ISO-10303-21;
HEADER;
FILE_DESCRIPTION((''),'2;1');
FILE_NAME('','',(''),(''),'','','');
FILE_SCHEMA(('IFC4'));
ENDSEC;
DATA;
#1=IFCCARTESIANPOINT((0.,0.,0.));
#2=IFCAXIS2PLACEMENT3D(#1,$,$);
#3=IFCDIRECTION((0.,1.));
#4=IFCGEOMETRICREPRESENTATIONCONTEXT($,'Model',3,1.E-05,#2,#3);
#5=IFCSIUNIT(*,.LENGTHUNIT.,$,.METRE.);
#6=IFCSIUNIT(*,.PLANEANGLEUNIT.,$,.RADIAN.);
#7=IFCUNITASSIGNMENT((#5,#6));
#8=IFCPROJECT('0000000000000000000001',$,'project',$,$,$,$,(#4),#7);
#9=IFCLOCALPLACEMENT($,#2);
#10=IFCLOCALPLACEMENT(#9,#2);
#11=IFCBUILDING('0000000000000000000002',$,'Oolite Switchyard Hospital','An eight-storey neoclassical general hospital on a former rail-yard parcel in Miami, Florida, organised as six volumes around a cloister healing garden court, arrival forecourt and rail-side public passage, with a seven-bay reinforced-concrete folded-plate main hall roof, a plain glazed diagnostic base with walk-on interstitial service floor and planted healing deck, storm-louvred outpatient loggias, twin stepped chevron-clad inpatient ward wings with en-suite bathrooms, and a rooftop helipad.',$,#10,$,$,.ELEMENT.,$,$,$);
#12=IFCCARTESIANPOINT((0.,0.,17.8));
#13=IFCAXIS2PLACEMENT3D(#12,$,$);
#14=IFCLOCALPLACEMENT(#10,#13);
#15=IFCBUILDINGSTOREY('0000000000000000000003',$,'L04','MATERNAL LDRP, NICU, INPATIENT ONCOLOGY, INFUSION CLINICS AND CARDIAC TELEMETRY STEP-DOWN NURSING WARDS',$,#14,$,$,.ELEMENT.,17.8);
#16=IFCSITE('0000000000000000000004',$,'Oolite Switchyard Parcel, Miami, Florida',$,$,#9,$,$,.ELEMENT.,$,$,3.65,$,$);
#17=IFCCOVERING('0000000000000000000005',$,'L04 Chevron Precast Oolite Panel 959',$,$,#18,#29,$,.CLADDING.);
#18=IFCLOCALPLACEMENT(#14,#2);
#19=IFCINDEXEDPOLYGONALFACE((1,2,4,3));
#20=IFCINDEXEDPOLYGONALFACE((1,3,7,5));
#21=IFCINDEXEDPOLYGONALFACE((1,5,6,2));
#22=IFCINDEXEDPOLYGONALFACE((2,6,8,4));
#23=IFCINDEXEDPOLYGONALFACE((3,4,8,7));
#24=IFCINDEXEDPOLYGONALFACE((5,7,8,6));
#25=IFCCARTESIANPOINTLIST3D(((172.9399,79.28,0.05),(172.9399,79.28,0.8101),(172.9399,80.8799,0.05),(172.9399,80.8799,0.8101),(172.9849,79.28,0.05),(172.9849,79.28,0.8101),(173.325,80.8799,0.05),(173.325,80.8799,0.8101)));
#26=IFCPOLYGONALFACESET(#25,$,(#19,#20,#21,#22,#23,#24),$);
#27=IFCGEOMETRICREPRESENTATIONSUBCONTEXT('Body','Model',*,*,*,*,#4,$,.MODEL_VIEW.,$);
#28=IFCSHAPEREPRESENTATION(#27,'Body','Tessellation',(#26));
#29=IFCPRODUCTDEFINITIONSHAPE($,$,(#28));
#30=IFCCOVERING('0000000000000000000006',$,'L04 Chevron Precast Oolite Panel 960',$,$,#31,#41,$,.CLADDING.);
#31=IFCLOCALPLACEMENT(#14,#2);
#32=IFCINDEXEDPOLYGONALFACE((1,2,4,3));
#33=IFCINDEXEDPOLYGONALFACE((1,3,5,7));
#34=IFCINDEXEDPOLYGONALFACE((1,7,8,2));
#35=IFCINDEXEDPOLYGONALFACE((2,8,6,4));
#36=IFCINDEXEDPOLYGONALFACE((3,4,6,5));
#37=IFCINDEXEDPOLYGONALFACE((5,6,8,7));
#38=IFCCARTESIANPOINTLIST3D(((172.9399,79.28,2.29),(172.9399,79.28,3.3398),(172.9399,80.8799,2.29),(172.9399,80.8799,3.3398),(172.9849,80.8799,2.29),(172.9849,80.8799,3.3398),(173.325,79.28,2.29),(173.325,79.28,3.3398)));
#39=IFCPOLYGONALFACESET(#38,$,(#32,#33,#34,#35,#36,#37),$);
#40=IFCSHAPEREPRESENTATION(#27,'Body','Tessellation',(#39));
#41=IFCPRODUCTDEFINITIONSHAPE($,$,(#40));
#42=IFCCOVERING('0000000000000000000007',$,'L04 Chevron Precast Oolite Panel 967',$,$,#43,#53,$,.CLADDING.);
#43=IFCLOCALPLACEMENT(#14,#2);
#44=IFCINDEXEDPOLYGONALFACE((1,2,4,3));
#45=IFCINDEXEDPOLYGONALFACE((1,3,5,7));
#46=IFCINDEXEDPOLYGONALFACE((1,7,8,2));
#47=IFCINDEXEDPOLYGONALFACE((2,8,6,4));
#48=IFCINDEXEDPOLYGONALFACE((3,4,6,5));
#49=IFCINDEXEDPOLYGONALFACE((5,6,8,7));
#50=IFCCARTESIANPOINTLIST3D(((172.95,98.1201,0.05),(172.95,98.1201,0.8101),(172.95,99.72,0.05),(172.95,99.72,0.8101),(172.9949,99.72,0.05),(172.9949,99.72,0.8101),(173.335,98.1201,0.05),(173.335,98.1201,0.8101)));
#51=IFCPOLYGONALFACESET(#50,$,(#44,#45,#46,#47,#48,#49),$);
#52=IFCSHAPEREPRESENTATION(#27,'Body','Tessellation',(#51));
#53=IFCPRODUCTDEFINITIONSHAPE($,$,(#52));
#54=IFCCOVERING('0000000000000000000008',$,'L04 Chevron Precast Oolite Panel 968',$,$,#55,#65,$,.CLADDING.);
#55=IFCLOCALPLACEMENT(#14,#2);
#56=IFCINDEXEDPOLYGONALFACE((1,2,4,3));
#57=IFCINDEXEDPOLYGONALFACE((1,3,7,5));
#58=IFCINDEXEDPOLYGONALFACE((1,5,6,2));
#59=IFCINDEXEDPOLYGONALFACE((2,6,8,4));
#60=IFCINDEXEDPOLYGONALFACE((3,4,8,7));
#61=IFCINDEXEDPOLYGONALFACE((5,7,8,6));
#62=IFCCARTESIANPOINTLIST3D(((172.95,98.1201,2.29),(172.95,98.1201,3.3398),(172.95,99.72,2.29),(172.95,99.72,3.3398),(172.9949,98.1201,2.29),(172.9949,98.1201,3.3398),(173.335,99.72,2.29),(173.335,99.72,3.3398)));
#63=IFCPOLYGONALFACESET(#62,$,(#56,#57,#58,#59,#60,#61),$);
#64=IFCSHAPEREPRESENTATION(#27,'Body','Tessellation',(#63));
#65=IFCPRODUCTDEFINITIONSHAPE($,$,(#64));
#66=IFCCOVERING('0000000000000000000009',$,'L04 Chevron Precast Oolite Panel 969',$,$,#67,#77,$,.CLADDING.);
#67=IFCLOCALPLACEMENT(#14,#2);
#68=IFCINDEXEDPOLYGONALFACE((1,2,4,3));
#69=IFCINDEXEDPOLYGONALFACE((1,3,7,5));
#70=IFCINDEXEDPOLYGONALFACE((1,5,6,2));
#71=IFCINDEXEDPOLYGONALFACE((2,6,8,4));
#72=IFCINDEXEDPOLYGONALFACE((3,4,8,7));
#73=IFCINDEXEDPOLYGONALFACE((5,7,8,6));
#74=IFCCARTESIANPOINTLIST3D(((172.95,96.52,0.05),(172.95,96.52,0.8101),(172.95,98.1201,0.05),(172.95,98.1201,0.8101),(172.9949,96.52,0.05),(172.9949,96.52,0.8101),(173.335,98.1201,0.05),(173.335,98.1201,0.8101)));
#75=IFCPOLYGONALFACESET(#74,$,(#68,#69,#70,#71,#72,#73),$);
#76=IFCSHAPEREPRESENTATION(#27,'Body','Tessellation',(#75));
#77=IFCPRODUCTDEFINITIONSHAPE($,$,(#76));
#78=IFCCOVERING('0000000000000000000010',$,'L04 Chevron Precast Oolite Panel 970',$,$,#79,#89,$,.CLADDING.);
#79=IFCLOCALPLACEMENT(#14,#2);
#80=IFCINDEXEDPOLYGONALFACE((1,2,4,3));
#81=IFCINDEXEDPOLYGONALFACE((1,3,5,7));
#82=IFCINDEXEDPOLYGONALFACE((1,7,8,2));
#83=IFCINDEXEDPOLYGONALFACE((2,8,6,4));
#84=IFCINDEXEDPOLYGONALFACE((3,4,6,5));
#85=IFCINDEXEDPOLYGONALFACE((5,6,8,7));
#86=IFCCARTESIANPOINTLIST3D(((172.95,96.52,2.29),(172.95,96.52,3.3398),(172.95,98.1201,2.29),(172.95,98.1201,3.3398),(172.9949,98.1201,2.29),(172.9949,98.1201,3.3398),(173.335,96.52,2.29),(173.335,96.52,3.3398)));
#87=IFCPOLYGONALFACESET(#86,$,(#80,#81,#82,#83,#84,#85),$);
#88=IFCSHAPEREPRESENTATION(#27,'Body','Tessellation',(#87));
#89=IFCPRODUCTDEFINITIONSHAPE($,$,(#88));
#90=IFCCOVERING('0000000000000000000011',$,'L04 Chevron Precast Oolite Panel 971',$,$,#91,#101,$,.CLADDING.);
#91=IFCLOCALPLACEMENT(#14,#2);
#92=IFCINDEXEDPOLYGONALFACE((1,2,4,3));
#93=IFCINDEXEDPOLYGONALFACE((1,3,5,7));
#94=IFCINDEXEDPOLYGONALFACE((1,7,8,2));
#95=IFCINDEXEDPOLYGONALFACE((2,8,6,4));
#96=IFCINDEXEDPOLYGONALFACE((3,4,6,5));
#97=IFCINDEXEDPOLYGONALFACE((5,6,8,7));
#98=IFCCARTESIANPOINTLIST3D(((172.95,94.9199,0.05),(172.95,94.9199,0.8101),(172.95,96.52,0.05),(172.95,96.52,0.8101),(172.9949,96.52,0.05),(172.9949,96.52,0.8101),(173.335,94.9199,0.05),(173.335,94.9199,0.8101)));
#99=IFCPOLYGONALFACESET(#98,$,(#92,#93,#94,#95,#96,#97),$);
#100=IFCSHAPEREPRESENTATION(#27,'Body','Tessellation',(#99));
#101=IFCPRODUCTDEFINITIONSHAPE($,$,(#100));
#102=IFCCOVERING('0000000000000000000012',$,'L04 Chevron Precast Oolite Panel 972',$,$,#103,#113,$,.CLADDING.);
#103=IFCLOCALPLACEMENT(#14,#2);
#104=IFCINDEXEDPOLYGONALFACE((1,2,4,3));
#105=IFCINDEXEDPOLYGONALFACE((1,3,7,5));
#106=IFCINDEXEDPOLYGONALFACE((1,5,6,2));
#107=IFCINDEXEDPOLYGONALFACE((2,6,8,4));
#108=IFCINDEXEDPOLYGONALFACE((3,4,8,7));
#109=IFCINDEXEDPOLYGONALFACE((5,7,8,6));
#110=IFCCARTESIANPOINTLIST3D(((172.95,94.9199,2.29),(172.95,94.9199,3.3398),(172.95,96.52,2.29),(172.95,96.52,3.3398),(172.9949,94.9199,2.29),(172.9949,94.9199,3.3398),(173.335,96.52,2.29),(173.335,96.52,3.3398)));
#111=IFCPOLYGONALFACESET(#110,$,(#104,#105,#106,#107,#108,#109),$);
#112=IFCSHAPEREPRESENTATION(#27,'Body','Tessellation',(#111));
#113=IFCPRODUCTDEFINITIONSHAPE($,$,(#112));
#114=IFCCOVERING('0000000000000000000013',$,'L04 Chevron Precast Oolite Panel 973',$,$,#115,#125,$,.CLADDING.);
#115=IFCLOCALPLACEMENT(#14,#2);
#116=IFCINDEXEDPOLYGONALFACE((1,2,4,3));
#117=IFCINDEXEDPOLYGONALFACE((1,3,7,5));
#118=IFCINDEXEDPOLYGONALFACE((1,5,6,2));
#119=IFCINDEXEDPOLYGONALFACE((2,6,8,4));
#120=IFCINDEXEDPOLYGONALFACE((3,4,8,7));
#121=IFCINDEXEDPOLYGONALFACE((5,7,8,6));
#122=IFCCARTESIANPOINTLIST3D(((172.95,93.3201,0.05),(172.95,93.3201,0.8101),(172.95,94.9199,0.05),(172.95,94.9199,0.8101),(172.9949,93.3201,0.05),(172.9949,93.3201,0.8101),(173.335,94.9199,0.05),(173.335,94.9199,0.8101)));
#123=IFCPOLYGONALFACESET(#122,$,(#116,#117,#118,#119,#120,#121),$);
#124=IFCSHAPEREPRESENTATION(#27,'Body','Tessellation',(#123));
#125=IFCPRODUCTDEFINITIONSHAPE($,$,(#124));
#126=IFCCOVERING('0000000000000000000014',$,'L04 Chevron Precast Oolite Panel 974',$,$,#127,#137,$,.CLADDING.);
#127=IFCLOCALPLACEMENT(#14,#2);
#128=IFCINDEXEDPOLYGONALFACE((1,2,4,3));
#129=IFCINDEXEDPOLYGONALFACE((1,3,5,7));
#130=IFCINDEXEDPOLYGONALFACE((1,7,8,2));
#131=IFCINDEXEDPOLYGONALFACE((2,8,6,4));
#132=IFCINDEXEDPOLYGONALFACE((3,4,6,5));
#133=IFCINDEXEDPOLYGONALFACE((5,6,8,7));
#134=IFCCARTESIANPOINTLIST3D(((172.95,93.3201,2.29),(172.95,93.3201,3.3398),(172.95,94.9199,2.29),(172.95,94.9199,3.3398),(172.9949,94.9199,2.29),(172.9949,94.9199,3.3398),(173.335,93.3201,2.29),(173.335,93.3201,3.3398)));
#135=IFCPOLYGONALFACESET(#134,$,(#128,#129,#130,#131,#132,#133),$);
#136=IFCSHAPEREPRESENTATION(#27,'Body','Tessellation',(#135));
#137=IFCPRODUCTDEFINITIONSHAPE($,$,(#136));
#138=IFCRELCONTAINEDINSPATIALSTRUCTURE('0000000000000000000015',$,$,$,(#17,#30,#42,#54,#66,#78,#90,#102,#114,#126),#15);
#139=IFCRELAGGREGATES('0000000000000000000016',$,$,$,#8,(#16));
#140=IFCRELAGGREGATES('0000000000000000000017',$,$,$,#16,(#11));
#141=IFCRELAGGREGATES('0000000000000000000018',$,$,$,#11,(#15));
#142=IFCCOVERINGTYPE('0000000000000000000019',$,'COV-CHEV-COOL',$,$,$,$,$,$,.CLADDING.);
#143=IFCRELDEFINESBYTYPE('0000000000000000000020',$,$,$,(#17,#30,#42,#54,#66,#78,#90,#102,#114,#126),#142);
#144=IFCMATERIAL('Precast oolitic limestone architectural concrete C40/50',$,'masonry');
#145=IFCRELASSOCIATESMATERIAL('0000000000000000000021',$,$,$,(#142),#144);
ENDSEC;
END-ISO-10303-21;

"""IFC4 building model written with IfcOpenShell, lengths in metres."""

from ifc_helpers import new_model, si_unit, direction, frame, origin, place, context, subcontext, project, spatial, polyline, outline, extrude, material, type_object, element, save


model = new_model("IFC4")

# Units and contexts
model_context = context("Model", 3, precision=1e-05, world=origin(), true_north=direction((0.0, 1.0)))
body_context = subcontext(model_context, "Body", "Model", "MODEL_VIEW")
ifc_project = project(units=[si_unit("LENGTHUNIT", "METRE"), si_unit("PLANEANGLEUNIT", "RADIAN")], contexts=[model_context])

# Site, building, storey
site_placement = place(None, origin())
site = spatial("IfcSite", under=ifc_project, at=site_placement, Name="Oolite Switchyard Parcel, Miami, Florida", CompositionType="ELEMENT", RefElevation=3.65)
building_placement = place(site_placement, origin())
building = spatial("IfcBuilding", under=site, at=building_placement, Name="Oolite Switchyard Hospital", Description="An eight-storey neoclassical general hospital on a former rail-yard parcel in Miami, Florida, organised as six volumes around a cloister healing garden court, arrival forecourt and rail-side public passage, with a seven-bay reinforced-concrete folded-plate main hall roof, a plain glazed diagnostic base with walk-on interstitial service floor and planted healing deck, storm-louvred outpatient loggias, twin stepped chevron-clad inpatient ward wings with en-suite bathrooms, and a rooftop helipad.", CompositionType="ELEMENT")
storey_placement = place(building_placement, frame((0.0, 0.0, 17.8)))
storey = spatial("IfcBuildingStorey", under=building, at=storey_placement, Name="L04", Description="MATERNAL LDRP, NICU, INPATIENT ONCOLOGY, INFUSION CLINICS AND CARDIAC TELEMETRY STEP-DOWN NURSING WARDS", CompositionType="ELEMENT", Elevation=17.8)

# Coverings
ifc_material = material(Name="Precast oolitic limestone architectural concrete C40/50", Category="masonry")
covering_type = type_object("IfcCoveringType", Name="COV-CHEV-COOL", PredefinedType="CLADDING", material=ifc_material)
covering_1_placement = place(storey_placement, frame((172.9399, 80.8799, 0.05), z_axis=(0.0, 0.0, 1.0), x_axis=(0.0, -1.0, 0.0)))
element("IfcCovering", 1, at=covering_1_placement, inside=storey, type_object=covering_type, Name="L04 Chevron Precast Oolite Panel 959", PredefinedType="CLADDING", context=body_context, shape_type="SweptSolid", body=[
    extrude(outline(polyline([(0.0, 0.0), (1.5999, 0.0), (1.5999, 0.0449), (0.0, 0.385), (0.0, 0.0)])), origin(), (0.0, 0.0, 1.0), 0.76),
])
covering_2_placement = place(storey_placement, frame((172.9399, 80.8799, 2.29), z_axis=(0.0, 0.0, 1.0), x_axis=(0.0, -1.0, 0.0)))
element("IfcCovering", 2, at=covering_2_placement, inside=storey, type_object=covering_type, Name="L04 Chevron Precast Oolite Panel 960", PredefinedType="CLADDING", context=body_context, shape_type="SweptSolid", body=[
    extrude(outline(polyline([(0.0, 0.0), (1.5999, 0.0), (1.5999, 0.385), (0.0, 0.0449), (0.0, 0.0)])), origin(), (0.0, 0.0, 1.0), 1.0498),
])
covering_3_placement = place(storey_placement, frame((172.95, 99.72, 0.05), z_axis=(0.0, 0.0, 1.0), x_axis=(0.0, -1.0, 0.0)))
element("IfcCovering", 3, at=covering_3_placement, inside=storey, type_object=covering_type, Name="L04 Chevron Precast Oolite Panel 967", PredefinedType="CLADDING", context=body_context, shape_type="SweptSolid", body=[
    extrude(outline(polyline([(0.0, 0.0), (1.5999, 0.0), (1.5999, 0.385), (0.0, 0.0449), (0.0, 0.0)])), origin(), (0.0, 0.0, 1.0), 0.76),
])
covering_4_placement = place(storey_placement, frame((172.95, 99.72, 2.29), z_axis=(0.0, 0.0, 1.0), x_axis=(0.0, -1.0, 0.0)))
element("IfcCovering", 4, at=covering_4_placement, inside=storey, type_object=covering_type, Name="L04 Chevron Precast Oolite Panel 968", PredefinedType="CLADDING", context=body_context, shape_type="SweptSolid", body=[
    extrude(outline(polyline([(0.0, 0.0), (1.5999, 0.0), (1.5999, 0.0449), (0.0, 0.385), (0.0, 0.0)])), origin(), (0.0, 0.0, 1.0), 1.0498),
])
covering_5_placement = place(storey_placement, frame((172.95, 98.1201, 0.05), z_axis=(0.0, 0.0, 1.0), x_axis=(0.0, -1.0, 0.0)))
element("IfcCovering", 5, at=covering_5_placement, inside=storey, type_object=covering_type, Name="L04 Chevron Precast Oolite Panel 969", PredefinedType="CLADDING", context=body_context, shape_type="SweptSolid", body=[
    extrude(outline(polyline([(0.0, 0.0), (1.6001, 0.0), (1.6001, 0.0449), (0.0, 0.385), (0.0, 0.0)])), origin(), (0.0, 0.0, 1.0), 0.76),
])
covering_6_placement = place(storey_placement, frame((172.95, 98.1201, 2.29), z_axis=(0.0, 0.0, 1.0), x_axis=(0.0, -1.0, 0.0)))
element("IfcCovering", 6, at=covering_6_placement, inside=storey, type_object=covering_type, Name="L04 Chevron Precast Oolite Panel 970", PredefinedType="CLADDING", context=body_context, shape_type="SweptSolid", body=[
    extrude(outline(polyline([(0.0, 0.0), (1.6001, 0.0), (1.6001, 0.385), (0.0, 0.0449), (0.0, 0.0)])), origin(), (0.0, 0.0, 1.0), 1.0498),
])
covering_7_placement = place(storey_placement, frame((172.95, 96.52, 0.05), z_axis=(0.0, 0.0, 1.0), x_axis=(0.0, -1.0, 0.0)))
element("IfcCovering", 7, at=covering_7_placement, inside=storey, type_object=covering_type, Name="L04 Chevron Precast Oolite Panel 971", PredefinedType="CLADDING", context=body_context, shape_type="SweptSolid", body=[
    extrude(outline(polyline([(0.0, 0.0), (1.6001, 0.0), (1.6001, 0.385), (0.0, 0.0449), (0.0, 0.0)])), origin(), (0.0, 0.0, 1.0), 0.76),
])
covering_8_placement = place(storey_placement, frame((172.95, 96.52, 2.29), z_axis=(0.0, 0.0, 1.0), x_axis=(0.0, -1.0, 0.0)))
element("IfcCovering", 8, at=covering_8_placement, inside=storey, type_object=covering_type, Name="L04 Chevron Precast Oolite Panel 972", PredefinedType="CLADDING", context=body_context, shape_type="SweptSolid", body=[
    extrude(outline(polyline([(0.0, 0.0), (1.6001, 0.0), (1.6001, 0.0449), (0.0, 0.385), (0.0, 0.0)])), origin(), (0.0, 0.0, 1.0), 1.0498),
])
covering_9_placement = place(storey_placement, frame((172.95, 94.9199, 0.05), z_axis=(0.0, 0.0, 1.0), x_axis=(0.0, -1.0, 0.0)))
element("IfcCovering", 9, at=covering_9_placement, inside=storey, type_object=covering_type, Name="L04 Chevron Precast Oolite Panel 973", PredefinedType="CLADDING", context=body_context, shape_type="SweptSolid", body=[
    extrude(outline(polyline([(0.0, 0.0), (1.5999, 0.0), (1.5999, 0.0449), (0.0, 0.385), (0.0, 0.0)])), origin(), (0.0, 0.0, 1.0), 0.76),
])
covering_10_placement = place(storey_placement, frame((172.95, 94.9199, 2.29), z_axis=(0.0, 0.0, 1.0), x_axis=(0.0, -1.0, 0.0)))
element("IfcCovering", 10, at=covering_10_placement, inside=storey, type_object=covering_type, Name="L04 Chevron Precast Oolite Panel 974", PredefinedType="CLADDING", context=body_context, shape_type="SweptSolid", body=[
    extrude(outline(polyline([(0.0, 0.0), (1.5999, 0.0), (1.5999, 0.385), (0.0, 0.0449), (0.0, 0.0)])), origin(), (0.0, 0.0, 1.0), 1.0498),
])

save(model, "model.ifc")
